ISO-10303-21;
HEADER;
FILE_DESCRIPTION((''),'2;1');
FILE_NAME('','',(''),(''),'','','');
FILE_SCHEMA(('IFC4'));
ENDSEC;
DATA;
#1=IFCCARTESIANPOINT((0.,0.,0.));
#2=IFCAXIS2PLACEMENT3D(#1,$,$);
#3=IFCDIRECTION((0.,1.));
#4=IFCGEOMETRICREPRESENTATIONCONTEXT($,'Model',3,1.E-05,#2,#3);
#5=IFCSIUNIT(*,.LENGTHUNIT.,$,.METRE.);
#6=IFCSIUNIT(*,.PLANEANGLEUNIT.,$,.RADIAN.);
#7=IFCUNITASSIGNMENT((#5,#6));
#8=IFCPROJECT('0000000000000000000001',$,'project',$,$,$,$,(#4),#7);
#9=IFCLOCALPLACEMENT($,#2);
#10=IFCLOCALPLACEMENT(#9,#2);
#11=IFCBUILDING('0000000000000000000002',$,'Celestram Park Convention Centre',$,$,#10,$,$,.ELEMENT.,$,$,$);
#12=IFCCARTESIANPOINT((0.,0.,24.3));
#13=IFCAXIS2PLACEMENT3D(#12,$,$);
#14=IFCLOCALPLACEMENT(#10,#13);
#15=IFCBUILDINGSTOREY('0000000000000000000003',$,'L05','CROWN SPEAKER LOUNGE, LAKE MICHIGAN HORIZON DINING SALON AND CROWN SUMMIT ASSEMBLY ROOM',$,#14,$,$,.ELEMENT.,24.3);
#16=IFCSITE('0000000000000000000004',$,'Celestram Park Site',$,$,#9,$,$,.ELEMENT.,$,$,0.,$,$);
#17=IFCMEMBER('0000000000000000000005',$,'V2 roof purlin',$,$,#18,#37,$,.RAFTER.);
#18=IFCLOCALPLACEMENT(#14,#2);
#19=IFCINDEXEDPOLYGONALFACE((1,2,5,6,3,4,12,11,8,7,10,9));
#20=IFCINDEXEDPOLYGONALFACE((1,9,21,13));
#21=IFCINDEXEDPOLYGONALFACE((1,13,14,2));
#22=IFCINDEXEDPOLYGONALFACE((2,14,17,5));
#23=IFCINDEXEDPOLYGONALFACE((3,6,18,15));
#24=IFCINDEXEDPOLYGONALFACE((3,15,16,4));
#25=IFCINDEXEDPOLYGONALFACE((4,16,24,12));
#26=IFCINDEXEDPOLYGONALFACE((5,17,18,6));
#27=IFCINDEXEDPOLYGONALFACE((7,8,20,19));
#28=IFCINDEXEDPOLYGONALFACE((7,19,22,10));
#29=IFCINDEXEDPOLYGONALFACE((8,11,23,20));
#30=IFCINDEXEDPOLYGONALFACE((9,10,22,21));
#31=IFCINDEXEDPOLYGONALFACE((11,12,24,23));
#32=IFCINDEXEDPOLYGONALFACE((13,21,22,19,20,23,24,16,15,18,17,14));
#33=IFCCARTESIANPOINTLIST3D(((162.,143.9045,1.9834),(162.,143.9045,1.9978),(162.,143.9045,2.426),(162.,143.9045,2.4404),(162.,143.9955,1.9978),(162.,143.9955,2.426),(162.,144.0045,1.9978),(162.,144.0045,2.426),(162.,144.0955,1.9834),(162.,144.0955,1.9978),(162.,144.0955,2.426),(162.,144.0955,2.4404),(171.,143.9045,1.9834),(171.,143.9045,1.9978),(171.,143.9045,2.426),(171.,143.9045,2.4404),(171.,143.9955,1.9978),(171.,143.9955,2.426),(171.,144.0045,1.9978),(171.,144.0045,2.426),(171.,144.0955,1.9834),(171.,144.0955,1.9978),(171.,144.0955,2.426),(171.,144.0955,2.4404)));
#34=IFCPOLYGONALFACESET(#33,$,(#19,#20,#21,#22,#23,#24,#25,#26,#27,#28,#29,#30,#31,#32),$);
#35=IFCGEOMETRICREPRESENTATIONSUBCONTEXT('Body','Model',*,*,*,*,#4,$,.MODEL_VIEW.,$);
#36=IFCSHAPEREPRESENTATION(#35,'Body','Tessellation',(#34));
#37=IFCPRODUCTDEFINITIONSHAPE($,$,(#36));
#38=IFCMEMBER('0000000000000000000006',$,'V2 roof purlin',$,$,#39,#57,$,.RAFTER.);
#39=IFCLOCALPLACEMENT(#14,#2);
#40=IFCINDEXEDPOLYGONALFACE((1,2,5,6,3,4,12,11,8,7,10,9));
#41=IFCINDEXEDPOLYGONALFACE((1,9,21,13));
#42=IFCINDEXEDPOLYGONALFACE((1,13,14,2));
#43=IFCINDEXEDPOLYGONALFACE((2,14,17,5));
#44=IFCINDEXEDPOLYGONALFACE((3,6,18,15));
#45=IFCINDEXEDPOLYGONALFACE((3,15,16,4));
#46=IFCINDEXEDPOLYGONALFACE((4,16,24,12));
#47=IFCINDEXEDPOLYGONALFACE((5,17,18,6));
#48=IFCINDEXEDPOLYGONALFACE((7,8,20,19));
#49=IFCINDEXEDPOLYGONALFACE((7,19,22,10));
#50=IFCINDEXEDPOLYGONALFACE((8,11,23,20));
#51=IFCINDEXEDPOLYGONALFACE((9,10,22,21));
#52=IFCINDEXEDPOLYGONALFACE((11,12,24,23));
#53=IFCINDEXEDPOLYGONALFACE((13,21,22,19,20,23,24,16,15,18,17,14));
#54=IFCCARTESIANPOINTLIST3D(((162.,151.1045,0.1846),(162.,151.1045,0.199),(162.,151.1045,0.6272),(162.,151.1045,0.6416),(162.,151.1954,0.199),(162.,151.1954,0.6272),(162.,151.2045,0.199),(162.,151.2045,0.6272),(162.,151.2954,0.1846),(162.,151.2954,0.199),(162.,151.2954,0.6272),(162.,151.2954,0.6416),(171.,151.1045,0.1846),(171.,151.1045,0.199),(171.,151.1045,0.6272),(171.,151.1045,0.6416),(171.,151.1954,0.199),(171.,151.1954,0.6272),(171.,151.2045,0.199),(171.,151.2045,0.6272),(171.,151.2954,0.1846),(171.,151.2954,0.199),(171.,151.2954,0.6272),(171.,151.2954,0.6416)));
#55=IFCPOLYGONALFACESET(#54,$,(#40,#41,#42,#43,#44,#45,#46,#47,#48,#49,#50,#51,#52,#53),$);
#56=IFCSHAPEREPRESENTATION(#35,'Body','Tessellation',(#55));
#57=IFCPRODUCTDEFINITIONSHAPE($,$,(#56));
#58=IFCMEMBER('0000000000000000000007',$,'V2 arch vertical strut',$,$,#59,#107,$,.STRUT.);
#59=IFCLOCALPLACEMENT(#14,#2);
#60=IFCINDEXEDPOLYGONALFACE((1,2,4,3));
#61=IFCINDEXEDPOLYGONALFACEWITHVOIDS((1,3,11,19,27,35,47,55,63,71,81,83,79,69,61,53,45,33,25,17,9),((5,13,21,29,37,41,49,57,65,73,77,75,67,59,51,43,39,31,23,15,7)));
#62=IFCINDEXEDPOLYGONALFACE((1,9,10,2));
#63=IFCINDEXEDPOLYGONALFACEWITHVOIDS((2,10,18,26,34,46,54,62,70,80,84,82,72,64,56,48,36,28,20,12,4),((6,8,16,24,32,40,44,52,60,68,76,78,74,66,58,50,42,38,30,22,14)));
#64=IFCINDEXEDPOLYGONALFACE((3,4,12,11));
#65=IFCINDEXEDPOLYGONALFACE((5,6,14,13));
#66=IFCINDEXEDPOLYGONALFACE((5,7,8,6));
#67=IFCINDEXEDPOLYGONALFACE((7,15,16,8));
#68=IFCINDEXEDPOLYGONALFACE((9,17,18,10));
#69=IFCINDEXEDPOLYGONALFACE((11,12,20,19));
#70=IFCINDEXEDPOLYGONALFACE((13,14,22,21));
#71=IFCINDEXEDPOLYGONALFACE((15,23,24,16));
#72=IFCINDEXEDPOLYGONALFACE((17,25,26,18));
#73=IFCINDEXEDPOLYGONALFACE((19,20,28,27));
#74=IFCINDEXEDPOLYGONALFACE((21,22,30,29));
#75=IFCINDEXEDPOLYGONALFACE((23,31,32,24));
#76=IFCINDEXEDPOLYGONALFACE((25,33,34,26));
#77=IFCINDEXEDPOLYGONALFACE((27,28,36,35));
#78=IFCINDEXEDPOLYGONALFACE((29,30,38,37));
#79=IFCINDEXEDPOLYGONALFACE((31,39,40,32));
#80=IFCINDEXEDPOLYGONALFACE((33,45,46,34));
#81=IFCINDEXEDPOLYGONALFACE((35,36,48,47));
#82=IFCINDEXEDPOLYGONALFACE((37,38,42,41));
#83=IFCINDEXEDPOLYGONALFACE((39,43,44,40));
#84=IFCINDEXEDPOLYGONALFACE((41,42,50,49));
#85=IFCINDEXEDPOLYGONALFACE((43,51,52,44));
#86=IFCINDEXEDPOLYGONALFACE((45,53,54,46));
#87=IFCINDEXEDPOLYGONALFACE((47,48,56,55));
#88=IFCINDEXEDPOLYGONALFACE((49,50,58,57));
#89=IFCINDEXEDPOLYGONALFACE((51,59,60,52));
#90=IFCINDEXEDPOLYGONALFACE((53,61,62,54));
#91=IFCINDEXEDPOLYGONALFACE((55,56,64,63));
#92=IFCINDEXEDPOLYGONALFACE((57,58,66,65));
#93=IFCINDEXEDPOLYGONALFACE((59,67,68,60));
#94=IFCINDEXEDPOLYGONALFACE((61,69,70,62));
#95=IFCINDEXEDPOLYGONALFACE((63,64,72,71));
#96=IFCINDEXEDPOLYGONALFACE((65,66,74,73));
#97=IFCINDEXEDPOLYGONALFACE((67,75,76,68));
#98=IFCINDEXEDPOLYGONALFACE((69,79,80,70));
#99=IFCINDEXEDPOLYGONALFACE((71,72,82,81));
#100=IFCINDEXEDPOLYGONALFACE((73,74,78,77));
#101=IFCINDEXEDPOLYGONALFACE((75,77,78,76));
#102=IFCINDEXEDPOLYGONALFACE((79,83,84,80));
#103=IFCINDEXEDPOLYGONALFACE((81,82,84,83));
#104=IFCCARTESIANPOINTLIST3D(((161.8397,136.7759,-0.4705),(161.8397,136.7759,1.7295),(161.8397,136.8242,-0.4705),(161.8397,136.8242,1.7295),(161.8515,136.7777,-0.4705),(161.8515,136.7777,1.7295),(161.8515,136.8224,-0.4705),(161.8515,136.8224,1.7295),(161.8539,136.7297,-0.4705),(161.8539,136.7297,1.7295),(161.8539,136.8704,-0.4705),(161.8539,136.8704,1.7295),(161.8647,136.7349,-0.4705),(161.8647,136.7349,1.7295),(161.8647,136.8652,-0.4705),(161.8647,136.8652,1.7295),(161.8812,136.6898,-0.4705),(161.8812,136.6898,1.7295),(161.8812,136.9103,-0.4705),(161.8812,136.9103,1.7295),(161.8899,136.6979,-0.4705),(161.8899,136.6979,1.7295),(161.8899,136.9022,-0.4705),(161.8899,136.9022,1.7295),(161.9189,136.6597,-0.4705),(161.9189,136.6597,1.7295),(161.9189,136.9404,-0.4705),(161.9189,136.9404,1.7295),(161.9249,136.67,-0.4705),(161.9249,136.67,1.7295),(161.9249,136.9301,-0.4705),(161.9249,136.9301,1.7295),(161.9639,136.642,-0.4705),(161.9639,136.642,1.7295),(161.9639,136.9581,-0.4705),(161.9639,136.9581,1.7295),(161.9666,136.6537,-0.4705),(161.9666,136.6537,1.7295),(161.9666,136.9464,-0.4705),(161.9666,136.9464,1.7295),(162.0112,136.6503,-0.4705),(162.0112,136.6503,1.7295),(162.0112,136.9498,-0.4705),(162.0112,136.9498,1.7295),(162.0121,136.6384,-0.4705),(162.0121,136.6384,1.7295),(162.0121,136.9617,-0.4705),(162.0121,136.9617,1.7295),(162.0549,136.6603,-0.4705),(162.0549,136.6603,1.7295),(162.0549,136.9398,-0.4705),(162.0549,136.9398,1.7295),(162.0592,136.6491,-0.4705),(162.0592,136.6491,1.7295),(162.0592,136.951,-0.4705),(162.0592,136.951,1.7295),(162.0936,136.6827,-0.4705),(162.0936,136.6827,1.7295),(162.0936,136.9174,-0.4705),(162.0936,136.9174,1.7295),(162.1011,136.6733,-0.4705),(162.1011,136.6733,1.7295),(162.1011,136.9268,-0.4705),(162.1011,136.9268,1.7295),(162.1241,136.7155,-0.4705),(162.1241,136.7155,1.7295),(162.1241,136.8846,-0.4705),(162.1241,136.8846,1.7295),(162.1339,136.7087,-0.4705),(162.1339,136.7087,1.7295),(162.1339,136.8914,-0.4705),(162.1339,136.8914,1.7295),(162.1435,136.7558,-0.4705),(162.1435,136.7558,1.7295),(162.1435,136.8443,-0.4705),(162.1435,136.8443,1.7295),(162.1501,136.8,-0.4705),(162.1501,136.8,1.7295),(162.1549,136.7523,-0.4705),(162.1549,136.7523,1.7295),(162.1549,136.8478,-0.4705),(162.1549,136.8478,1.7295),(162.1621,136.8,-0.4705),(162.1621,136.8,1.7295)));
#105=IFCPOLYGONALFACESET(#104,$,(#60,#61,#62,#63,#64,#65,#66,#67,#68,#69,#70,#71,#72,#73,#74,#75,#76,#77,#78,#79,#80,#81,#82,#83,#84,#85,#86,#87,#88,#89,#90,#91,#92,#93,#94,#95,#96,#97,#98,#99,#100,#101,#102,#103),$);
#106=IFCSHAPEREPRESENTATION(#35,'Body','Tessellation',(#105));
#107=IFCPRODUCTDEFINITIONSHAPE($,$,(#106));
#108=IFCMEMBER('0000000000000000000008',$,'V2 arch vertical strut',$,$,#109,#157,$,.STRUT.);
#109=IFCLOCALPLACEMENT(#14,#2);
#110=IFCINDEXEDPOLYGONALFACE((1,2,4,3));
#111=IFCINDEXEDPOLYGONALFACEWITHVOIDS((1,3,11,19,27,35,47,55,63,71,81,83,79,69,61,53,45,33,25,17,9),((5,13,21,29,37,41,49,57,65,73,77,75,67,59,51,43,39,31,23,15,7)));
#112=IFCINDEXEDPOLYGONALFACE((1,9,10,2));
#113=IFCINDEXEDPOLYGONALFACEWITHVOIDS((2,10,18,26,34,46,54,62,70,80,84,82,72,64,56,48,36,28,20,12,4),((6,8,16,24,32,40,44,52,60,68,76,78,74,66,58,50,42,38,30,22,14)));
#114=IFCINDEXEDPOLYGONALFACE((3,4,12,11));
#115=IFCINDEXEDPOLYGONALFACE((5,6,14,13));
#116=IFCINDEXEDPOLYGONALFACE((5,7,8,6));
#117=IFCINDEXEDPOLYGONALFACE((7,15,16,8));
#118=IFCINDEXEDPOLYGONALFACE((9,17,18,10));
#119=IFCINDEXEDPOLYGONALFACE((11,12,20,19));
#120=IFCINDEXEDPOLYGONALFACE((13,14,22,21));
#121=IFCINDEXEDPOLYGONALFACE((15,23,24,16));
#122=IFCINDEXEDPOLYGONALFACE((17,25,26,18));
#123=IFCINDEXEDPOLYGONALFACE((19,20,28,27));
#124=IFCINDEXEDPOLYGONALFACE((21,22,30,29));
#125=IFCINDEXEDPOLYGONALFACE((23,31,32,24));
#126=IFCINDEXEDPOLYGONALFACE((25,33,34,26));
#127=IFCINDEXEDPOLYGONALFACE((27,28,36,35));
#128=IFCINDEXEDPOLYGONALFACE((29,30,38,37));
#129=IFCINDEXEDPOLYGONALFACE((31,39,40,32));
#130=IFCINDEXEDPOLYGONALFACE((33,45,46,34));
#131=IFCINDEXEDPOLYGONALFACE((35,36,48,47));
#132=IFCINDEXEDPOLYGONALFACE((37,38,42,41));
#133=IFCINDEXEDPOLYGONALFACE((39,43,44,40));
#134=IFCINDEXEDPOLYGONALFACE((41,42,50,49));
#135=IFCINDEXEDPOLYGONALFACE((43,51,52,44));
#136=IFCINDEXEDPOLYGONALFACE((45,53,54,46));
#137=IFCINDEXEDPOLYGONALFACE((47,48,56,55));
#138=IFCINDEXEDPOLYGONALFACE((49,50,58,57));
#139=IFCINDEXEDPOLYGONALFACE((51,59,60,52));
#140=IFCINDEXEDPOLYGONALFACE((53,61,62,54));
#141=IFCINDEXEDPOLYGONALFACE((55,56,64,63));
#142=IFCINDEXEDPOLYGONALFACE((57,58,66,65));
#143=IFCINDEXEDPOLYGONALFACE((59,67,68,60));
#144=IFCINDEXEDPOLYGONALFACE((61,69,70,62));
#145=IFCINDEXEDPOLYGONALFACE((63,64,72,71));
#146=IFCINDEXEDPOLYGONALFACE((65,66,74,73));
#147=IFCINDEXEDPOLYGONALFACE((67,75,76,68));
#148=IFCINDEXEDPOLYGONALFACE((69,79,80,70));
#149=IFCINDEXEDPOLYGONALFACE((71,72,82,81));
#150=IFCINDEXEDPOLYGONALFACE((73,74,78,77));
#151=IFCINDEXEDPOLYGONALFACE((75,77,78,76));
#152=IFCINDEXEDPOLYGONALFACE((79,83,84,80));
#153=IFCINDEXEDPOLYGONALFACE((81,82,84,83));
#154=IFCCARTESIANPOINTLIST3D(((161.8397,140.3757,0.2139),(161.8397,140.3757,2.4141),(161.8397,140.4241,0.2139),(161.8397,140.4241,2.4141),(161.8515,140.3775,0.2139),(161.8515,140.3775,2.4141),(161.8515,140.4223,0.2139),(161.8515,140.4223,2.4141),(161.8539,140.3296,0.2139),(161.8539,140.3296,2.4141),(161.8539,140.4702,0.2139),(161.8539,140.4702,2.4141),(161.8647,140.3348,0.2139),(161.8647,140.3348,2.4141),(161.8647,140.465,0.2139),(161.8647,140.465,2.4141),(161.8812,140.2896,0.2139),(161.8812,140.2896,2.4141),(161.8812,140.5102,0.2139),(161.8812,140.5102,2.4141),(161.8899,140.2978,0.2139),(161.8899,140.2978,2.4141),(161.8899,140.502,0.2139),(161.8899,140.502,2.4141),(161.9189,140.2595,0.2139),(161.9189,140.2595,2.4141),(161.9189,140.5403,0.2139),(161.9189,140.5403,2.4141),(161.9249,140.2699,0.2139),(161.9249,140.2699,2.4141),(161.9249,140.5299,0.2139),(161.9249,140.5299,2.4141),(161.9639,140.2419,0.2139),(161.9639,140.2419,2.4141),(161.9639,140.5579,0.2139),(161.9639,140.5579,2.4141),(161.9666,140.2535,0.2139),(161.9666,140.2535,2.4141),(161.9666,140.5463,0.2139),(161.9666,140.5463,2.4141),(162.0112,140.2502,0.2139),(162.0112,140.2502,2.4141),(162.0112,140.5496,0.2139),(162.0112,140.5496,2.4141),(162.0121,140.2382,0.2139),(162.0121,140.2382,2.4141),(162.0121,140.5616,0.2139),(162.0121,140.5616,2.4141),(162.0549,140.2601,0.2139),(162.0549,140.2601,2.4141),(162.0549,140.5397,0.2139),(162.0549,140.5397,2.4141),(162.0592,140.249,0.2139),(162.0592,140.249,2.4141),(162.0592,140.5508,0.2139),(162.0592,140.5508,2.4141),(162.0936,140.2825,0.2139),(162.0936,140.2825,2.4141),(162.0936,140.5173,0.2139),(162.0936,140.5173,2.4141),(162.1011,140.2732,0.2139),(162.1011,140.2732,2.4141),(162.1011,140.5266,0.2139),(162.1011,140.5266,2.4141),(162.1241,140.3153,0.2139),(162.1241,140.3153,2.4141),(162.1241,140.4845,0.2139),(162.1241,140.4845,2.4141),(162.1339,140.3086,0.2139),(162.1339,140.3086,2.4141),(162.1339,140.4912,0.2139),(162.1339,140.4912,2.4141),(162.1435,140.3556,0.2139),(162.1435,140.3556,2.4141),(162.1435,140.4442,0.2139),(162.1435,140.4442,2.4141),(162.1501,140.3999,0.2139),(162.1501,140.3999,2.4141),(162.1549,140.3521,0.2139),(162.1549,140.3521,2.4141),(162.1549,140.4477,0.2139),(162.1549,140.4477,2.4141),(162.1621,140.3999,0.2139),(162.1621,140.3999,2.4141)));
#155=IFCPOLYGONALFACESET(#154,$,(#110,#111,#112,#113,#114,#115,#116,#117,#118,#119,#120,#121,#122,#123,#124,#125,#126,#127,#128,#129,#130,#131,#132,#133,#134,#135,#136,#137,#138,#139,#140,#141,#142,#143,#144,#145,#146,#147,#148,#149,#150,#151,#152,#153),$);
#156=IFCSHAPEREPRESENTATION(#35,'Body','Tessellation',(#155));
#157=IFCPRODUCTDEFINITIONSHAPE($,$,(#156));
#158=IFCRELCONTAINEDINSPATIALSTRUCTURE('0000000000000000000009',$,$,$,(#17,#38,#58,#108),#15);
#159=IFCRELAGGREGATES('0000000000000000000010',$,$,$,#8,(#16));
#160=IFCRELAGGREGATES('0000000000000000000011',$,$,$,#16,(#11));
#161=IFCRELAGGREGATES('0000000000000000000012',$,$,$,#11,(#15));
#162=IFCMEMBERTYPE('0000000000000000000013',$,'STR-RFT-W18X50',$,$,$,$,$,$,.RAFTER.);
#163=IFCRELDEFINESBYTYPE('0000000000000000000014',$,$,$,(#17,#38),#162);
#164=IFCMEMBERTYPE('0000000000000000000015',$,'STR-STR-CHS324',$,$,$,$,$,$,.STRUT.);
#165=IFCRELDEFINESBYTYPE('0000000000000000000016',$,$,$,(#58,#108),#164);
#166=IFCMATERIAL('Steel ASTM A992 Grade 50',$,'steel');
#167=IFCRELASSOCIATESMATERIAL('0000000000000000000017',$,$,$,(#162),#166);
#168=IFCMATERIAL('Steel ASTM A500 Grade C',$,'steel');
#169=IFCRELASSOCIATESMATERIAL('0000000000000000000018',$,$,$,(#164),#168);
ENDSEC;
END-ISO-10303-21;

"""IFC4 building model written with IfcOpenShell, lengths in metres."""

from ifc_helpers import new_model, si_unit, direction, frame, origin, origin_2d, place, context, subcontext, project, spatial, hollow_circle, i_section, extrude, material, material_profile, profile_set, type_object, element, save


model = new_model("IFC4")

# Units and contexts
model_context = context("Model", 3, precision=1e-05, world=origin(), true_north=direction((0.0, 1.0)))
body_context = subcontext(model_context, "Body", "Model", "MODEL_VIEW")
ifc_project = project(units=[si_unit("LENGTHUNIT", "METRE"), si_unit("PLANEANGLEUNIT", "RADIAN")], contexts=[model_context])

# Site, building, storey
site_placement = place(None, origin())
site = spatial("IfcSite", under=ifc_project, at=site_placement, Name="Celestram Park Site", CompositionType="ELEMENT", RefElevation=0.0)
building_placement = place(site_placement, origin())
building = spatial("IfcBuilding", under=site, at=building_placement, Name="Celestram Park Convention Centre", CompositionType="ELEMENT")
storey_placement = place(building_placement, frame((0.0, 0.0, 24.3)))
storey = spatial("IfcBuildingStorey", under=building, at=storey_placement, Name="L05", Description="CROWN SPEAKER LOUNGE, LAKE MICHIGAN HORIZON DINING SALON AND CROWN SUMMIT ASSEMBLY ROOM", CompositionType="ELEMENT", Elevation=24.3)

# Members
ifc_material_1 = material(Name="Steel ASTM A500 Grade C", Category="steel")
ifc_material_2 = material(Name="Steel ASTM A992 Grade 50", Category="steel")
ifc_material_profile_1 = material_profile(ifc_material_2, i_section(OverallWidth=0.1909, OverallDepth=0.457, WebThickness=0.009, FlangeThickness=0.0144, at=origin_2d()), Name="W18X50")
ifc_profile_set_1 = profile_set([ifc_material_profile_1], Name="Steel ASTM A992 Grade 50")
member_type_1 = type_object("IfcMemberType", Name="STR-RFT-W18X50", PredefinedType="RAFTER", material=ifc_profile_set_1)
for number, where, z_axis, x_axis, name in (
    (1, (162.0, 144.0, 2.2119), (1.0, 0.0, 0.0), (0.0, 1.0, 0.0), "V2 roof purlin"),
    (2, (162.0, 151.2, 0.4131), (1.0, 0.0, 0.0), (0.0, 1.0, 0.0), "V2 roof purlin"),
):
    element("IfcMember", number, at=place(storey_placement, frame(where, z_axis=z_axis, x_axis=x_axis)), inside=storey, type_object=member_type_1, Name=name, PredefinedType="RAFTER", context=body_context, shape_type="SweptSolid", body=[
        extrude(i_section(OverallWidth=0.1909, OverallDepth=0.457, WebThickness=0.009, FlangeThickness=0.0144, at=origin_2d()), origin(), (0.0, 0.0, 1.0), 9.0),
    ])
ifc_material_profile_2 = material_profile(ifc_material_1, hollow_circle(Radius=0.1621, WallThickness=0.012, at=origin_2d()), Name="CHS324X12")
ifc_profile_set_2 = profile_set([ifc_material_profile_2], Name="Steel ASTM A500 Grade C")
member_type_2 = type_object("IfcMemberType", Name="STR-STR-CHS324", PredefinedType="STRUT", material=ifc_profile_set_2)
member_1_placement = place(storey_placement, frame((162.0, 136.8, -0.4705), z_axis=(0.0, 0.0, 1.0), x_axis=(1.0, 0.0, 0.0)))
element("IfcMember", 3, at=member_1_placement, inside=storey, type_object=member_type_2, Name="V2 arch vertical strut", PredefinedType="STRUT", context=body_context, shape_type="SweptSolid", body=[
    extrude(hollow_circle(Radius=0.1621, WallThickness=0.012, at=origin_2d()), origin(), (0.0, 0.0, 1.0), 2.2),
])
member_2_placement = place(storey_placement, frame((162.0, 140.3999, 0.2139), z_axis=(0.0, 0.0, 1.0), x_axis=(1.0, 0.0, 0.0)))
element("IfcMember", 4, at=member_2_placement, inside=storey, type_object=member_type_2, Name="V2 arch vertical strut", PredefinedType="STRUT", context=body_context, shape_type="SweptSolid", body=[
    extrude(hollow_circle(Radius=0.1621, WallThickness=0.012, at=origin_2d()), origin(), (0.0, 0.0, 1.0), 2.2002),
])

save(model, "model.ifc")
